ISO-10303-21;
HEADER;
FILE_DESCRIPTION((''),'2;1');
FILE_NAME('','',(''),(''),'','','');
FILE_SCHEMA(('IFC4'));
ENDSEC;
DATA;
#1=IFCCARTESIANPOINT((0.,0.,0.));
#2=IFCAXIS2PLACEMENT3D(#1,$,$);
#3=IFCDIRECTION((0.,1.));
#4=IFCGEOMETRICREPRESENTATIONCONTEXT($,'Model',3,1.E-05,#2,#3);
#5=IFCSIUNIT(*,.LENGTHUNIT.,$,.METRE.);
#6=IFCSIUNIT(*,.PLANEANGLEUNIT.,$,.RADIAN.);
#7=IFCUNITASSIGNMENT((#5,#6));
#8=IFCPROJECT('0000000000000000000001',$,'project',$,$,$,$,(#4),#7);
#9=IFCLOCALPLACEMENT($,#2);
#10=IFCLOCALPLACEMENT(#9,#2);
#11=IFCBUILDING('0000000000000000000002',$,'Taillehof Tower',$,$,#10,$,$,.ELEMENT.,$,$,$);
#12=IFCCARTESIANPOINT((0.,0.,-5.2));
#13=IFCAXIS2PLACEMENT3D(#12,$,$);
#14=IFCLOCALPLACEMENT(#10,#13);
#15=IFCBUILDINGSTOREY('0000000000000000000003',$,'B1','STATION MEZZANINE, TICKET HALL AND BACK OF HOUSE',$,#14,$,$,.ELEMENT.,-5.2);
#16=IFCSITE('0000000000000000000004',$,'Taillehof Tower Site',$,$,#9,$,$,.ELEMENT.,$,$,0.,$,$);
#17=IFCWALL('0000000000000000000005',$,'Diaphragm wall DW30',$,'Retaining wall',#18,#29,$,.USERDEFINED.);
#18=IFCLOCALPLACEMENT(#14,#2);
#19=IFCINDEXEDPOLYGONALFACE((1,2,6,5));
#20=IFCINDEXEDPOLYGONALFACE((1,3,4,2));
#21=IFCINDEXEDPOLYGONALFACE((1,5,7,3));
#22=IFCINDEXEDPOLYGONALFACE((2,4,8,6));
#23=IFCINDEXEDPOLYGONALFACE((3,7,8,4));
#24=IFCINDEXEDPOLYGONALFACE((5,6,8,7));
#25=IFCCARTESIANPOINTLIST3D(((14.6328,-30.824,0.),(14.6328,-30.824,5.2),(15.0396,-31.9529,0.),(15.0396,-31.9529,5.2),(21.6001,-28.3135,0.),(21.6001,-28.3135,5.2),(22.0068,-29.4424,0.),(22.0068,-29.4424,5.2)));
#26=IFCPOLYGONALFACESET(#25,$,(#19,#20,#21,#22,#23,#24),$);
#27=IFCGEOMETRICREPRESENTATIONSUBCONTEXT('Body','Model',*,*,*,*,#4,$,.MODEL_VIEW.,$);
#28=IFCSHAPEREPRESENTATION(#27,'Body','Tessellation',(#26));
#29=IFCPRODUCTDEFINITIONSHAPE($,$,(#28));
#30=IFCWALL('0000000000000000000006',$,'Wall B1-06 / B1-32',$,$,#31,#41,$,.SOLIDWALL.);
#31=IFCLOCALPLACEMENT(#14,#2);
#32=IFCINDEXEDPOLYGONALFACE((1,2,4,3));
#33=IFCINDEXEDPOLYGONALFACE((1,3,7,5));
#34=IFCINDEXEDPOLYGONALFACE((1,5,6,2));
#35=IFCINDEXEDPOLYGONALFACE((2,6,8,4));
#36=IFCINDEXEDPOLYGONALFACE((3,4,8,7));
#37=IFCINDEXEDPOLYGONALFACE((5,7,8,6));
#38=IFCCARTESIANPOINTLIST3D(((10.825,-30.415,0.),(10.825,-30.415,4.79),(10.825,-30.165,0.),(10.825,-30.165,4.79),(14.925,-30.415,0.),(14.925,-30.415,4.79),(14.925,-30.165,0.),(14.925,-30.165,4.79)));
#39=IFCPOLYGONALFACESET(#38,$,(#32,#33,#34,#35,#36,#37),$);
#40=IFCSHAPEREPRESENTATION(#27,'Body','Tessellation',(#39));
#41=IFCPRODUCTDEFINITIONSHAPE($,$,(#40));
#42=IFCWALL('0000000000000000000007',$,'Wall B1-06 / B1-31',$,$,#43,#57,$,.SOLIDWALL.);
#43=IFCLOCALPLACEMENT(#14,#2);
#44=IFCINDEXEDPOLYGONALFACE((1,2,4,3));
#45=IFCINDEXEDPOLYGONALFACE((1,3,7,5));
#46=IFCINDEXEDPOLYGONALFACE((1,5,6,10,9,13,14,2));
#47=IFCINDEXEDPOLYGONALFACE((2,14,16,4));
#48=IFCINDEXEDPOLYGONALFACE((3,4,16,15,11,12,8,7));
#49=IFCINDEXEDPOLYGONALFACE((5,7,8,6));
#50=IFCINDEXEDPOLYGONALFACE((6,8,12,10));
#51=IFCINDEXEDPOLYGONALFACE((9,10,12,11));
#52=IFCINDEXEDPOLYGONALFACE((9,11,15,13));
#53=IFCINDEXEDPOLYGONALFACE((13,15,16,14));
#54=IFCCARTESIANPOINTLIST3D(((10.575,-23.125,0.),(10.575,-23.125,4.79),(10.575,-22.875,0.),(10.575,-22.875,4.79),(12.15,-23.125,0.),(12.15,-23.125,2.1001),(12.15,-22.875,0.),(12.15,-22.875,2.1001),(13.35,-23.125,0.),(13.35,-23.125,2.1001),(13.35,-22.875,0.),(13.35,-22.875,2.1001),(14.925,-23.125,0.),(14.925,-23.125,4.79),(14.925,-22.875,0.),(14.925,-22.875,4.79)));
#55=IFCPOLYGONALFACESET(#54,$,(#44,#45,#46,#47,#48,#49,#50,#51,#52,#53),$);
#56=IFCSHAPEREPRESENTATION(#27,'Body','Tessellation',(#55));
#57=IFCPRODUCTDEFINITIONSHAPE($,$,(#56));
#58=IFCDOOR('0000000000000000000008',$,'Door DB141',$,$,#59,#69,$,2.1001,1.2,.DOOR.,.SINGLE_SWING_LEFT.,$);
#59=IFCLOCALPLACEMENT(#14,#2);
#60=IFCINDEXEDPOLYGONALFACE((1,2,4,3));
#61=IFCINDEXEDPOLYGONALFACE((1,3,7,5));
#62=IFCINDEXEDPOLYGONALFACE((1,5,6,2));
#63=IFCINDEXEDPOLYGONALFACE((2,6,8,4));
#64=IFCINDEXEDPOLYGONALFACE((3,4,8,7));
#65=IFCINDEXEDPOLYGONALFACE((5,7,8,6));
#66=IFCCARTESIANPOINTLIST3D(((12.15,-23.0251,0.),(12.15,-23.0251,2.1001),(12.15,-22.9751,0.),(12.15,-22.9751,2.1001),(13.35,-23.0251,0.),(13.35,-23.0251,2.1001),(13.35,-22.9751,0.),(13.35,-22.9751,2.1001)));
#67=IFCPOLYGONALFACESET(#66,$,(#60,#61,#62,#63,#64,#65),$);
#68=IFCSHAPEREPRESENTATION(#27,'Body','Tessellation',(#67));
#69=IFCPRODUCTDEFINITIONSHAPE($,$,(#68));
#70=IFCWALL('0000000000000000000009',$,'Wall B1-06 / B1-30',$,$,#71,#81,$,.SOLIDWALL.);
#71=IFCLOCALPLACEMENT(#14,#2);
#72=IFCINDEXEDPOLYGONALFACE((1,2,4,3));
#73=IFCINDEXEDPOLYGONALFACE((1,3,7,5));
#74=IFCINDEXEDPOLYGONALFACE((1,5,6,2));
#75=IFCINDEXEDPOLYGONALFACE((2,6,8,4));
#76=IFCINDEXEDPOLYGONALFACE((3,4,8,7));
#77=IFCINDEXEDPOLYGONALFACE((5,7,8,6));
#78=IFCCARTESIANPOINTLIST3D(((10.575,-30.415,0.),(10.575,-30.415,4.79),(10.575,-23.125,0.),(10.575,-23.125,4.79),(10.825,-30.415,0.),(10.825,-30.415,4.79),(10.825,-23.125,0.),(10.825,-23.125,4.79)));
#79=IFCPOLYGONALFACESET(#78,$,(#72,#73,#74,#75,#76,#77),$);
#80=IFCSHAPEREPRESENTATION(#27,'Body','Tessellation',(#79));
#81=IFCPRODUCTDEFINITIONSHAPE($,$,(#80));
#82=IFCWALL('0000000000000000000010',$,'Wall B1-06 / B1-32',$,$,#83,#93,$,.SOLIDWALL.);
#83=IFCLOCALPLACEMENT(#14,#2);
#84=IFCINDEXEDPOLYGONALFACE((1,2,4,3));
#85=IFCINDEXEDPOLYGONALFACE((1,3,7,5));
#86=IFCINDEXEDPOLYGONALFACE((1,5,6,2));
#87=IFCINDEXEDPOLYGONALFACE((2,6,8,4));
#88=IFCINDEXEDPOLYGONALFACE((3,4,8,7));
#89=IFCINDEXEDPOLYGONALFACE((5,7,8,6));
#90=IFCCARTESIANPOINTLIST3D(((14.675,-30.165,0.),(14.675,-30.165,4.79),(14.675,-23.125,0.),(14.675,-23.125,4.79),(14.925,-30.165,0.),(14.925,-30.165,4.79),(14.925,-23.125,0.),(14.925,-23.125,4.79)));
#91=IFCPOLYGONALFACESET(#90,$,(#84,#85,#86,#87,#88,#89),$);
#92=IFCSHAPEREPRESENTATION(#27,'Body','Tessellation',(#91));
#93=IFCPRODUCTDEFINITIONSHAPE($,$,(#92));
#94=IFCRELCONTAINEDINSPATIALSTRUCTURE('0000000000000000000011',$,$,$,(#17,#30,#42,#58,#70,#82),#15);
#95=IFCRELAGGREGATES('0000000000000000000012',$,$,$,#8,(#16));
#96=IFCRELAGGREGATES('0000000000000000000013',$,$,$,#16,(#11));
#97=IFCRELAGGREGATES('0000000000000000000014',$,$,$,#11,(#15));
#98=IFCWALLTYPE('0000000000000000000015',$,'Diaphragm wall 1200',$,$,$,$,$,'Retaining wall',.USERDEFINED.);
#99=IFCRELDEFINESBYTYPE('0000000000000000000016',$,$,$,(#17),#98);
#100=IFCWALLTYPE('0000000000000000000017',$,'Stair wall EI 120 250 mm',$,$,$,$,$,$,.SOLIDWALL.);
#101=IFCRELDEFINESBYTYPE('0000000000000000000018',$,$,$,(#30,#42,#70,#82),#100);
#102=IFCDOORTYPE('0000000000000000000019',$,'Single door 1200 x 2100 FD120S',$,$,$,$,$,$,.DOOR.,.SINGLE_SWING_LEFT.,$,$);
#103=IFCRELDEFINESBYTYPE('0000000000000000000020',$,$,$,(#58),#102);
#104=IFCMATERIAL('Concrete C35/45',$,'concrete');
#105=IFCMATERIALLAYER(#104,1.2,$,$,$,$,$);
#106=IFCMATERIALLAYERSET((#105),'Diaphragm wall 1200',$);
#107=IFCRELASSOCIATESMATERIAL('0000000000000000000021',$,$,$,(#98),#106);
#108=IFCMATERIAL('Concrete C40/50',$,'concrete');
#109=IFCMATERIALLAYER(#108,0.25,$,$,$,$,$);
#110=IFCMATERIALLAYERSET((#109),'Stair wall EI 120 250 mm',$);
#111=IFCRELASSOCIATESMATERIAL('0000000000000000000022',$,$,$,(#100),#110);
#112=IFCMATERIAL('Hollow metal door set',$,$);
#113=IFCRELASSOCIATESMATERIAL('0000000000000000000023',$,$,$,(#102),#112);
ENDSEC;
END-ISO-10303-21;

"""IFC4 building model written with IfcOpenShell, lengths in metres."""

from ifc_helpers import new_model, si_unit, direction, frame, frame_2d, origin, place, context, subcontext, project, spatial, rectangle, extrude, material, layer, layer_set, type_object, element, fill, save


model = new_model("IFC4")

# Units and contexts
model_context = context("Model", 3, precision=1e-05, world=origin(), true_north=direction((0.0, 1.0)))
body_context = subcontext(model_context, "Body", "Model", "MODEL_VIEW")
ifc_project = project(units=[si_unit("LENGTHUNIT", "METRE"), si_unit("PLANEANGLEUNIT", "RADIAN")], contexts=[model_context])

# Site, building, storey
site_placement = place(None, origin())
site = spatial("IfcSite", under=ifc_project, at=site_placement, Name="Taillehof Tower Site", CompositionType="ELEMENT", RefElevation=0.0)
building_placement = place(site_placement, origin())
building = spatial("IfcBuilding", under=site, at=building_placement, Name="Taillehof Tower", CompositionType="ELEMENT")
storey_placement = place(building_placement, frame((0.0, 0.0, -5.2)))
storey = spatial("IfcBuildingStorey", under=building, at=storey_placement, Name="B1", Description="STATION MEZZANINE, TICKET HALL AND BACK OF HOUSE", CompositionType="ELEMENT", Elevation=-5.2)

# Walls
ifc_material_1 = material(Name="Concrete C35/45", Category="concrete")
ifc_layer_1 = layer(ifc_material_1, 1.2)
ifc_layer_set_1 = layer_set([ifc_layer_1], Name="Diaphragm wall 1200")
wall_type_1 = type_object("IfcWallType", Name="Diaphragm wall 1200", ElementType="Retaining wall", PredefinedType="USERDEFINED", material=ifc_layer_set_1)
wall_1_placement = place(storey_placement, frame((14.8362, -31.3884, 0.0), z_axis=(0.0, 0.0, 1.0), x_axis=(0.940789, 0.338991, 0.0)))
element("IfcWall", 1, at=wall_1_placement, inside=storey, type_object=wall_type_1, Name="Diaphragm wall DW30", ObjectType="Retaining wall", PredefinedType="USERDEFINED", context=body_context, shape_type="SweptSolid", body=[
    extrude(rectangle(XDim=7.4058, YDim=1.2, at=frame_2d((3.7029, 0.0))), origin(), (0.0, 0.0, 1.0), 5.2),
])
ifc_material_2 = material(Name="Concrete C40/50", Category="concrete")
ifc_layer_2 = layer(ifc_material_2, 0.25)
ifc_layer_set_2 = layer_set([ifc_layer_2], Name="Stair wall EI 120 250 mm")
wall_type_2 = type_object("IfcWallType", Name="Stair wall EI 120 250 mm", PredefinedType="SOLIDWALL", material=ifc_layer_set_2)
wall_2_placement = place(storey_placement, frame((10.825, -30.29, 0.0), z_axis=(0.0, 0.0, 1.0), x_axis=(1.0, 0.0, 0.0)))
element("IfcWall", 2, at=wall_2_placement, inside=storey, type_object=wall_type_2, Name="Wall B1-06 / B1-32", PredefinedType="SOLIDWALL", context=body_context, shape_type="SweptSolid", body=[
    extrude(rectangle(XDim=4.1001, YDim=0.25, at=frame_2d((2.05, 0.0))), origin(), (0.0, 0.0, 1.0), 4.79),
])

# Wall, opening, door
wall_3_placement = place(storey_placement, frame((10.575, -23.0, 0.0), z_axis=(0.0, 0.0, 1.0), x_axis=(1.0, 0.0, 0.0)))
wall_3 = element("IfcWall", 3, at=wall_3_placement, inside=storey, type_object=wall_type_2, Name="Wall B1-06 / B1-31", PredefinedType="SOLIDWALL", context=body_context, shape_type="SweptSolid", body=[
    extrude(rectangle(XDim=4.3501, YDim=0.25, at=frame_2d((2.175, 0.0))), origin(), (0.0, 0.0, 1.0), 4.79),
])
opening_1_placement = place(wall_3_placement, frame((1.575, 0.0, 0.0)))
opening_1 = element("IfcOpeningElement", 4, at=opening_1_placement, cuts=wall_3, PredefinedType="OPENING", context=body_context, shape_type="SweptSolid", body=[
    extrude(rectangle(XDim=1.2, YDim=2.1001, at=frame_2d((0.6001, 1.05))), frame((0.0, 0.135, 0.0), z_axis=(0.0, -1.0, 0.0), x_axis=(1.0, 0.0, 0.0)), (0.0, 0.0, 1.0), 0.27),
])
ifc_material_3 = material(Name="Hollow metal door set")
door_type_1 = type_object("IfcDoorType", Name="Single door 1200 x 2100 FD120S", OperationType="SINGLE_SWING_LEFT", PredefinedType="DOOR", material=ifc_material_3)
door_1_placement = place(opening_1_placement, origin())
door_1 = element("IfcDoor", 5, at=door_1_placement, inside=storey, type_object=door_type_1, Name="Door DB141", OperationType="SINGLE_SWING_LEFT", OverallHeight=2.1001, OverallWidth=1.2, PredefinedType="DOOR", context=body_context, shape_type="SweptSolid", body=[
    extrude(rectangle(XDim=1.2, YDim=2.1001, at=frame_2d((0.6001, 1.05))), frame((0.0, 0.0249, 0.0), z_axis=(0.0, -1.0, 0.0), x_axis=(1.0, 0.0, 0.0)), (0.0, 0.0, 1.0), 0.05),
])
fill(opening_1, door_1)

# Walls
wall_4_placement = place(storey_placement, frame((10.7, -30.415, 0.0), z_axis=(0.0, 0.0, 1.0), x_axis=(0.0, 1.0, 0.0)))
element("IfcWall", 6, at=wall_4_placement, inside=storey, type_object=wall_type_2, Name="Wall B1-06 / B1-30", PredefinedType="SOLIDWALL", context=body_context, shape_type="SweptSolid", body=[
    extrude(rectangle(XDim=7.29, YDim=0.25, at=frame_2d((3.645, 0.0))), origin(), (0.0, 0.0, 1.0), 4.79),
])
wall_5_placement = place(storey_placement, frame((14.8, -30.165, 0.0), z_axis=(0.0, 0.0, 1.0), x_axis=(0.0, 1.0, 0.0)))
element("IfcWall", 7, at=wall_5_placement, inside=storey, type_object=wall_type_2, Name="Wall B1-06 / B1-32", PredefinedType="SOLIDWALL", context=body_context, shape_type="SweptSolid", body=[
    extrude(rectangle(XDim=7.04, YDim=0.25, at=frame_2d((3.52, 0.0))), origin(), (0.0, 0.0, 1.0), 4.79),
])

save(model, "model.ifc")
